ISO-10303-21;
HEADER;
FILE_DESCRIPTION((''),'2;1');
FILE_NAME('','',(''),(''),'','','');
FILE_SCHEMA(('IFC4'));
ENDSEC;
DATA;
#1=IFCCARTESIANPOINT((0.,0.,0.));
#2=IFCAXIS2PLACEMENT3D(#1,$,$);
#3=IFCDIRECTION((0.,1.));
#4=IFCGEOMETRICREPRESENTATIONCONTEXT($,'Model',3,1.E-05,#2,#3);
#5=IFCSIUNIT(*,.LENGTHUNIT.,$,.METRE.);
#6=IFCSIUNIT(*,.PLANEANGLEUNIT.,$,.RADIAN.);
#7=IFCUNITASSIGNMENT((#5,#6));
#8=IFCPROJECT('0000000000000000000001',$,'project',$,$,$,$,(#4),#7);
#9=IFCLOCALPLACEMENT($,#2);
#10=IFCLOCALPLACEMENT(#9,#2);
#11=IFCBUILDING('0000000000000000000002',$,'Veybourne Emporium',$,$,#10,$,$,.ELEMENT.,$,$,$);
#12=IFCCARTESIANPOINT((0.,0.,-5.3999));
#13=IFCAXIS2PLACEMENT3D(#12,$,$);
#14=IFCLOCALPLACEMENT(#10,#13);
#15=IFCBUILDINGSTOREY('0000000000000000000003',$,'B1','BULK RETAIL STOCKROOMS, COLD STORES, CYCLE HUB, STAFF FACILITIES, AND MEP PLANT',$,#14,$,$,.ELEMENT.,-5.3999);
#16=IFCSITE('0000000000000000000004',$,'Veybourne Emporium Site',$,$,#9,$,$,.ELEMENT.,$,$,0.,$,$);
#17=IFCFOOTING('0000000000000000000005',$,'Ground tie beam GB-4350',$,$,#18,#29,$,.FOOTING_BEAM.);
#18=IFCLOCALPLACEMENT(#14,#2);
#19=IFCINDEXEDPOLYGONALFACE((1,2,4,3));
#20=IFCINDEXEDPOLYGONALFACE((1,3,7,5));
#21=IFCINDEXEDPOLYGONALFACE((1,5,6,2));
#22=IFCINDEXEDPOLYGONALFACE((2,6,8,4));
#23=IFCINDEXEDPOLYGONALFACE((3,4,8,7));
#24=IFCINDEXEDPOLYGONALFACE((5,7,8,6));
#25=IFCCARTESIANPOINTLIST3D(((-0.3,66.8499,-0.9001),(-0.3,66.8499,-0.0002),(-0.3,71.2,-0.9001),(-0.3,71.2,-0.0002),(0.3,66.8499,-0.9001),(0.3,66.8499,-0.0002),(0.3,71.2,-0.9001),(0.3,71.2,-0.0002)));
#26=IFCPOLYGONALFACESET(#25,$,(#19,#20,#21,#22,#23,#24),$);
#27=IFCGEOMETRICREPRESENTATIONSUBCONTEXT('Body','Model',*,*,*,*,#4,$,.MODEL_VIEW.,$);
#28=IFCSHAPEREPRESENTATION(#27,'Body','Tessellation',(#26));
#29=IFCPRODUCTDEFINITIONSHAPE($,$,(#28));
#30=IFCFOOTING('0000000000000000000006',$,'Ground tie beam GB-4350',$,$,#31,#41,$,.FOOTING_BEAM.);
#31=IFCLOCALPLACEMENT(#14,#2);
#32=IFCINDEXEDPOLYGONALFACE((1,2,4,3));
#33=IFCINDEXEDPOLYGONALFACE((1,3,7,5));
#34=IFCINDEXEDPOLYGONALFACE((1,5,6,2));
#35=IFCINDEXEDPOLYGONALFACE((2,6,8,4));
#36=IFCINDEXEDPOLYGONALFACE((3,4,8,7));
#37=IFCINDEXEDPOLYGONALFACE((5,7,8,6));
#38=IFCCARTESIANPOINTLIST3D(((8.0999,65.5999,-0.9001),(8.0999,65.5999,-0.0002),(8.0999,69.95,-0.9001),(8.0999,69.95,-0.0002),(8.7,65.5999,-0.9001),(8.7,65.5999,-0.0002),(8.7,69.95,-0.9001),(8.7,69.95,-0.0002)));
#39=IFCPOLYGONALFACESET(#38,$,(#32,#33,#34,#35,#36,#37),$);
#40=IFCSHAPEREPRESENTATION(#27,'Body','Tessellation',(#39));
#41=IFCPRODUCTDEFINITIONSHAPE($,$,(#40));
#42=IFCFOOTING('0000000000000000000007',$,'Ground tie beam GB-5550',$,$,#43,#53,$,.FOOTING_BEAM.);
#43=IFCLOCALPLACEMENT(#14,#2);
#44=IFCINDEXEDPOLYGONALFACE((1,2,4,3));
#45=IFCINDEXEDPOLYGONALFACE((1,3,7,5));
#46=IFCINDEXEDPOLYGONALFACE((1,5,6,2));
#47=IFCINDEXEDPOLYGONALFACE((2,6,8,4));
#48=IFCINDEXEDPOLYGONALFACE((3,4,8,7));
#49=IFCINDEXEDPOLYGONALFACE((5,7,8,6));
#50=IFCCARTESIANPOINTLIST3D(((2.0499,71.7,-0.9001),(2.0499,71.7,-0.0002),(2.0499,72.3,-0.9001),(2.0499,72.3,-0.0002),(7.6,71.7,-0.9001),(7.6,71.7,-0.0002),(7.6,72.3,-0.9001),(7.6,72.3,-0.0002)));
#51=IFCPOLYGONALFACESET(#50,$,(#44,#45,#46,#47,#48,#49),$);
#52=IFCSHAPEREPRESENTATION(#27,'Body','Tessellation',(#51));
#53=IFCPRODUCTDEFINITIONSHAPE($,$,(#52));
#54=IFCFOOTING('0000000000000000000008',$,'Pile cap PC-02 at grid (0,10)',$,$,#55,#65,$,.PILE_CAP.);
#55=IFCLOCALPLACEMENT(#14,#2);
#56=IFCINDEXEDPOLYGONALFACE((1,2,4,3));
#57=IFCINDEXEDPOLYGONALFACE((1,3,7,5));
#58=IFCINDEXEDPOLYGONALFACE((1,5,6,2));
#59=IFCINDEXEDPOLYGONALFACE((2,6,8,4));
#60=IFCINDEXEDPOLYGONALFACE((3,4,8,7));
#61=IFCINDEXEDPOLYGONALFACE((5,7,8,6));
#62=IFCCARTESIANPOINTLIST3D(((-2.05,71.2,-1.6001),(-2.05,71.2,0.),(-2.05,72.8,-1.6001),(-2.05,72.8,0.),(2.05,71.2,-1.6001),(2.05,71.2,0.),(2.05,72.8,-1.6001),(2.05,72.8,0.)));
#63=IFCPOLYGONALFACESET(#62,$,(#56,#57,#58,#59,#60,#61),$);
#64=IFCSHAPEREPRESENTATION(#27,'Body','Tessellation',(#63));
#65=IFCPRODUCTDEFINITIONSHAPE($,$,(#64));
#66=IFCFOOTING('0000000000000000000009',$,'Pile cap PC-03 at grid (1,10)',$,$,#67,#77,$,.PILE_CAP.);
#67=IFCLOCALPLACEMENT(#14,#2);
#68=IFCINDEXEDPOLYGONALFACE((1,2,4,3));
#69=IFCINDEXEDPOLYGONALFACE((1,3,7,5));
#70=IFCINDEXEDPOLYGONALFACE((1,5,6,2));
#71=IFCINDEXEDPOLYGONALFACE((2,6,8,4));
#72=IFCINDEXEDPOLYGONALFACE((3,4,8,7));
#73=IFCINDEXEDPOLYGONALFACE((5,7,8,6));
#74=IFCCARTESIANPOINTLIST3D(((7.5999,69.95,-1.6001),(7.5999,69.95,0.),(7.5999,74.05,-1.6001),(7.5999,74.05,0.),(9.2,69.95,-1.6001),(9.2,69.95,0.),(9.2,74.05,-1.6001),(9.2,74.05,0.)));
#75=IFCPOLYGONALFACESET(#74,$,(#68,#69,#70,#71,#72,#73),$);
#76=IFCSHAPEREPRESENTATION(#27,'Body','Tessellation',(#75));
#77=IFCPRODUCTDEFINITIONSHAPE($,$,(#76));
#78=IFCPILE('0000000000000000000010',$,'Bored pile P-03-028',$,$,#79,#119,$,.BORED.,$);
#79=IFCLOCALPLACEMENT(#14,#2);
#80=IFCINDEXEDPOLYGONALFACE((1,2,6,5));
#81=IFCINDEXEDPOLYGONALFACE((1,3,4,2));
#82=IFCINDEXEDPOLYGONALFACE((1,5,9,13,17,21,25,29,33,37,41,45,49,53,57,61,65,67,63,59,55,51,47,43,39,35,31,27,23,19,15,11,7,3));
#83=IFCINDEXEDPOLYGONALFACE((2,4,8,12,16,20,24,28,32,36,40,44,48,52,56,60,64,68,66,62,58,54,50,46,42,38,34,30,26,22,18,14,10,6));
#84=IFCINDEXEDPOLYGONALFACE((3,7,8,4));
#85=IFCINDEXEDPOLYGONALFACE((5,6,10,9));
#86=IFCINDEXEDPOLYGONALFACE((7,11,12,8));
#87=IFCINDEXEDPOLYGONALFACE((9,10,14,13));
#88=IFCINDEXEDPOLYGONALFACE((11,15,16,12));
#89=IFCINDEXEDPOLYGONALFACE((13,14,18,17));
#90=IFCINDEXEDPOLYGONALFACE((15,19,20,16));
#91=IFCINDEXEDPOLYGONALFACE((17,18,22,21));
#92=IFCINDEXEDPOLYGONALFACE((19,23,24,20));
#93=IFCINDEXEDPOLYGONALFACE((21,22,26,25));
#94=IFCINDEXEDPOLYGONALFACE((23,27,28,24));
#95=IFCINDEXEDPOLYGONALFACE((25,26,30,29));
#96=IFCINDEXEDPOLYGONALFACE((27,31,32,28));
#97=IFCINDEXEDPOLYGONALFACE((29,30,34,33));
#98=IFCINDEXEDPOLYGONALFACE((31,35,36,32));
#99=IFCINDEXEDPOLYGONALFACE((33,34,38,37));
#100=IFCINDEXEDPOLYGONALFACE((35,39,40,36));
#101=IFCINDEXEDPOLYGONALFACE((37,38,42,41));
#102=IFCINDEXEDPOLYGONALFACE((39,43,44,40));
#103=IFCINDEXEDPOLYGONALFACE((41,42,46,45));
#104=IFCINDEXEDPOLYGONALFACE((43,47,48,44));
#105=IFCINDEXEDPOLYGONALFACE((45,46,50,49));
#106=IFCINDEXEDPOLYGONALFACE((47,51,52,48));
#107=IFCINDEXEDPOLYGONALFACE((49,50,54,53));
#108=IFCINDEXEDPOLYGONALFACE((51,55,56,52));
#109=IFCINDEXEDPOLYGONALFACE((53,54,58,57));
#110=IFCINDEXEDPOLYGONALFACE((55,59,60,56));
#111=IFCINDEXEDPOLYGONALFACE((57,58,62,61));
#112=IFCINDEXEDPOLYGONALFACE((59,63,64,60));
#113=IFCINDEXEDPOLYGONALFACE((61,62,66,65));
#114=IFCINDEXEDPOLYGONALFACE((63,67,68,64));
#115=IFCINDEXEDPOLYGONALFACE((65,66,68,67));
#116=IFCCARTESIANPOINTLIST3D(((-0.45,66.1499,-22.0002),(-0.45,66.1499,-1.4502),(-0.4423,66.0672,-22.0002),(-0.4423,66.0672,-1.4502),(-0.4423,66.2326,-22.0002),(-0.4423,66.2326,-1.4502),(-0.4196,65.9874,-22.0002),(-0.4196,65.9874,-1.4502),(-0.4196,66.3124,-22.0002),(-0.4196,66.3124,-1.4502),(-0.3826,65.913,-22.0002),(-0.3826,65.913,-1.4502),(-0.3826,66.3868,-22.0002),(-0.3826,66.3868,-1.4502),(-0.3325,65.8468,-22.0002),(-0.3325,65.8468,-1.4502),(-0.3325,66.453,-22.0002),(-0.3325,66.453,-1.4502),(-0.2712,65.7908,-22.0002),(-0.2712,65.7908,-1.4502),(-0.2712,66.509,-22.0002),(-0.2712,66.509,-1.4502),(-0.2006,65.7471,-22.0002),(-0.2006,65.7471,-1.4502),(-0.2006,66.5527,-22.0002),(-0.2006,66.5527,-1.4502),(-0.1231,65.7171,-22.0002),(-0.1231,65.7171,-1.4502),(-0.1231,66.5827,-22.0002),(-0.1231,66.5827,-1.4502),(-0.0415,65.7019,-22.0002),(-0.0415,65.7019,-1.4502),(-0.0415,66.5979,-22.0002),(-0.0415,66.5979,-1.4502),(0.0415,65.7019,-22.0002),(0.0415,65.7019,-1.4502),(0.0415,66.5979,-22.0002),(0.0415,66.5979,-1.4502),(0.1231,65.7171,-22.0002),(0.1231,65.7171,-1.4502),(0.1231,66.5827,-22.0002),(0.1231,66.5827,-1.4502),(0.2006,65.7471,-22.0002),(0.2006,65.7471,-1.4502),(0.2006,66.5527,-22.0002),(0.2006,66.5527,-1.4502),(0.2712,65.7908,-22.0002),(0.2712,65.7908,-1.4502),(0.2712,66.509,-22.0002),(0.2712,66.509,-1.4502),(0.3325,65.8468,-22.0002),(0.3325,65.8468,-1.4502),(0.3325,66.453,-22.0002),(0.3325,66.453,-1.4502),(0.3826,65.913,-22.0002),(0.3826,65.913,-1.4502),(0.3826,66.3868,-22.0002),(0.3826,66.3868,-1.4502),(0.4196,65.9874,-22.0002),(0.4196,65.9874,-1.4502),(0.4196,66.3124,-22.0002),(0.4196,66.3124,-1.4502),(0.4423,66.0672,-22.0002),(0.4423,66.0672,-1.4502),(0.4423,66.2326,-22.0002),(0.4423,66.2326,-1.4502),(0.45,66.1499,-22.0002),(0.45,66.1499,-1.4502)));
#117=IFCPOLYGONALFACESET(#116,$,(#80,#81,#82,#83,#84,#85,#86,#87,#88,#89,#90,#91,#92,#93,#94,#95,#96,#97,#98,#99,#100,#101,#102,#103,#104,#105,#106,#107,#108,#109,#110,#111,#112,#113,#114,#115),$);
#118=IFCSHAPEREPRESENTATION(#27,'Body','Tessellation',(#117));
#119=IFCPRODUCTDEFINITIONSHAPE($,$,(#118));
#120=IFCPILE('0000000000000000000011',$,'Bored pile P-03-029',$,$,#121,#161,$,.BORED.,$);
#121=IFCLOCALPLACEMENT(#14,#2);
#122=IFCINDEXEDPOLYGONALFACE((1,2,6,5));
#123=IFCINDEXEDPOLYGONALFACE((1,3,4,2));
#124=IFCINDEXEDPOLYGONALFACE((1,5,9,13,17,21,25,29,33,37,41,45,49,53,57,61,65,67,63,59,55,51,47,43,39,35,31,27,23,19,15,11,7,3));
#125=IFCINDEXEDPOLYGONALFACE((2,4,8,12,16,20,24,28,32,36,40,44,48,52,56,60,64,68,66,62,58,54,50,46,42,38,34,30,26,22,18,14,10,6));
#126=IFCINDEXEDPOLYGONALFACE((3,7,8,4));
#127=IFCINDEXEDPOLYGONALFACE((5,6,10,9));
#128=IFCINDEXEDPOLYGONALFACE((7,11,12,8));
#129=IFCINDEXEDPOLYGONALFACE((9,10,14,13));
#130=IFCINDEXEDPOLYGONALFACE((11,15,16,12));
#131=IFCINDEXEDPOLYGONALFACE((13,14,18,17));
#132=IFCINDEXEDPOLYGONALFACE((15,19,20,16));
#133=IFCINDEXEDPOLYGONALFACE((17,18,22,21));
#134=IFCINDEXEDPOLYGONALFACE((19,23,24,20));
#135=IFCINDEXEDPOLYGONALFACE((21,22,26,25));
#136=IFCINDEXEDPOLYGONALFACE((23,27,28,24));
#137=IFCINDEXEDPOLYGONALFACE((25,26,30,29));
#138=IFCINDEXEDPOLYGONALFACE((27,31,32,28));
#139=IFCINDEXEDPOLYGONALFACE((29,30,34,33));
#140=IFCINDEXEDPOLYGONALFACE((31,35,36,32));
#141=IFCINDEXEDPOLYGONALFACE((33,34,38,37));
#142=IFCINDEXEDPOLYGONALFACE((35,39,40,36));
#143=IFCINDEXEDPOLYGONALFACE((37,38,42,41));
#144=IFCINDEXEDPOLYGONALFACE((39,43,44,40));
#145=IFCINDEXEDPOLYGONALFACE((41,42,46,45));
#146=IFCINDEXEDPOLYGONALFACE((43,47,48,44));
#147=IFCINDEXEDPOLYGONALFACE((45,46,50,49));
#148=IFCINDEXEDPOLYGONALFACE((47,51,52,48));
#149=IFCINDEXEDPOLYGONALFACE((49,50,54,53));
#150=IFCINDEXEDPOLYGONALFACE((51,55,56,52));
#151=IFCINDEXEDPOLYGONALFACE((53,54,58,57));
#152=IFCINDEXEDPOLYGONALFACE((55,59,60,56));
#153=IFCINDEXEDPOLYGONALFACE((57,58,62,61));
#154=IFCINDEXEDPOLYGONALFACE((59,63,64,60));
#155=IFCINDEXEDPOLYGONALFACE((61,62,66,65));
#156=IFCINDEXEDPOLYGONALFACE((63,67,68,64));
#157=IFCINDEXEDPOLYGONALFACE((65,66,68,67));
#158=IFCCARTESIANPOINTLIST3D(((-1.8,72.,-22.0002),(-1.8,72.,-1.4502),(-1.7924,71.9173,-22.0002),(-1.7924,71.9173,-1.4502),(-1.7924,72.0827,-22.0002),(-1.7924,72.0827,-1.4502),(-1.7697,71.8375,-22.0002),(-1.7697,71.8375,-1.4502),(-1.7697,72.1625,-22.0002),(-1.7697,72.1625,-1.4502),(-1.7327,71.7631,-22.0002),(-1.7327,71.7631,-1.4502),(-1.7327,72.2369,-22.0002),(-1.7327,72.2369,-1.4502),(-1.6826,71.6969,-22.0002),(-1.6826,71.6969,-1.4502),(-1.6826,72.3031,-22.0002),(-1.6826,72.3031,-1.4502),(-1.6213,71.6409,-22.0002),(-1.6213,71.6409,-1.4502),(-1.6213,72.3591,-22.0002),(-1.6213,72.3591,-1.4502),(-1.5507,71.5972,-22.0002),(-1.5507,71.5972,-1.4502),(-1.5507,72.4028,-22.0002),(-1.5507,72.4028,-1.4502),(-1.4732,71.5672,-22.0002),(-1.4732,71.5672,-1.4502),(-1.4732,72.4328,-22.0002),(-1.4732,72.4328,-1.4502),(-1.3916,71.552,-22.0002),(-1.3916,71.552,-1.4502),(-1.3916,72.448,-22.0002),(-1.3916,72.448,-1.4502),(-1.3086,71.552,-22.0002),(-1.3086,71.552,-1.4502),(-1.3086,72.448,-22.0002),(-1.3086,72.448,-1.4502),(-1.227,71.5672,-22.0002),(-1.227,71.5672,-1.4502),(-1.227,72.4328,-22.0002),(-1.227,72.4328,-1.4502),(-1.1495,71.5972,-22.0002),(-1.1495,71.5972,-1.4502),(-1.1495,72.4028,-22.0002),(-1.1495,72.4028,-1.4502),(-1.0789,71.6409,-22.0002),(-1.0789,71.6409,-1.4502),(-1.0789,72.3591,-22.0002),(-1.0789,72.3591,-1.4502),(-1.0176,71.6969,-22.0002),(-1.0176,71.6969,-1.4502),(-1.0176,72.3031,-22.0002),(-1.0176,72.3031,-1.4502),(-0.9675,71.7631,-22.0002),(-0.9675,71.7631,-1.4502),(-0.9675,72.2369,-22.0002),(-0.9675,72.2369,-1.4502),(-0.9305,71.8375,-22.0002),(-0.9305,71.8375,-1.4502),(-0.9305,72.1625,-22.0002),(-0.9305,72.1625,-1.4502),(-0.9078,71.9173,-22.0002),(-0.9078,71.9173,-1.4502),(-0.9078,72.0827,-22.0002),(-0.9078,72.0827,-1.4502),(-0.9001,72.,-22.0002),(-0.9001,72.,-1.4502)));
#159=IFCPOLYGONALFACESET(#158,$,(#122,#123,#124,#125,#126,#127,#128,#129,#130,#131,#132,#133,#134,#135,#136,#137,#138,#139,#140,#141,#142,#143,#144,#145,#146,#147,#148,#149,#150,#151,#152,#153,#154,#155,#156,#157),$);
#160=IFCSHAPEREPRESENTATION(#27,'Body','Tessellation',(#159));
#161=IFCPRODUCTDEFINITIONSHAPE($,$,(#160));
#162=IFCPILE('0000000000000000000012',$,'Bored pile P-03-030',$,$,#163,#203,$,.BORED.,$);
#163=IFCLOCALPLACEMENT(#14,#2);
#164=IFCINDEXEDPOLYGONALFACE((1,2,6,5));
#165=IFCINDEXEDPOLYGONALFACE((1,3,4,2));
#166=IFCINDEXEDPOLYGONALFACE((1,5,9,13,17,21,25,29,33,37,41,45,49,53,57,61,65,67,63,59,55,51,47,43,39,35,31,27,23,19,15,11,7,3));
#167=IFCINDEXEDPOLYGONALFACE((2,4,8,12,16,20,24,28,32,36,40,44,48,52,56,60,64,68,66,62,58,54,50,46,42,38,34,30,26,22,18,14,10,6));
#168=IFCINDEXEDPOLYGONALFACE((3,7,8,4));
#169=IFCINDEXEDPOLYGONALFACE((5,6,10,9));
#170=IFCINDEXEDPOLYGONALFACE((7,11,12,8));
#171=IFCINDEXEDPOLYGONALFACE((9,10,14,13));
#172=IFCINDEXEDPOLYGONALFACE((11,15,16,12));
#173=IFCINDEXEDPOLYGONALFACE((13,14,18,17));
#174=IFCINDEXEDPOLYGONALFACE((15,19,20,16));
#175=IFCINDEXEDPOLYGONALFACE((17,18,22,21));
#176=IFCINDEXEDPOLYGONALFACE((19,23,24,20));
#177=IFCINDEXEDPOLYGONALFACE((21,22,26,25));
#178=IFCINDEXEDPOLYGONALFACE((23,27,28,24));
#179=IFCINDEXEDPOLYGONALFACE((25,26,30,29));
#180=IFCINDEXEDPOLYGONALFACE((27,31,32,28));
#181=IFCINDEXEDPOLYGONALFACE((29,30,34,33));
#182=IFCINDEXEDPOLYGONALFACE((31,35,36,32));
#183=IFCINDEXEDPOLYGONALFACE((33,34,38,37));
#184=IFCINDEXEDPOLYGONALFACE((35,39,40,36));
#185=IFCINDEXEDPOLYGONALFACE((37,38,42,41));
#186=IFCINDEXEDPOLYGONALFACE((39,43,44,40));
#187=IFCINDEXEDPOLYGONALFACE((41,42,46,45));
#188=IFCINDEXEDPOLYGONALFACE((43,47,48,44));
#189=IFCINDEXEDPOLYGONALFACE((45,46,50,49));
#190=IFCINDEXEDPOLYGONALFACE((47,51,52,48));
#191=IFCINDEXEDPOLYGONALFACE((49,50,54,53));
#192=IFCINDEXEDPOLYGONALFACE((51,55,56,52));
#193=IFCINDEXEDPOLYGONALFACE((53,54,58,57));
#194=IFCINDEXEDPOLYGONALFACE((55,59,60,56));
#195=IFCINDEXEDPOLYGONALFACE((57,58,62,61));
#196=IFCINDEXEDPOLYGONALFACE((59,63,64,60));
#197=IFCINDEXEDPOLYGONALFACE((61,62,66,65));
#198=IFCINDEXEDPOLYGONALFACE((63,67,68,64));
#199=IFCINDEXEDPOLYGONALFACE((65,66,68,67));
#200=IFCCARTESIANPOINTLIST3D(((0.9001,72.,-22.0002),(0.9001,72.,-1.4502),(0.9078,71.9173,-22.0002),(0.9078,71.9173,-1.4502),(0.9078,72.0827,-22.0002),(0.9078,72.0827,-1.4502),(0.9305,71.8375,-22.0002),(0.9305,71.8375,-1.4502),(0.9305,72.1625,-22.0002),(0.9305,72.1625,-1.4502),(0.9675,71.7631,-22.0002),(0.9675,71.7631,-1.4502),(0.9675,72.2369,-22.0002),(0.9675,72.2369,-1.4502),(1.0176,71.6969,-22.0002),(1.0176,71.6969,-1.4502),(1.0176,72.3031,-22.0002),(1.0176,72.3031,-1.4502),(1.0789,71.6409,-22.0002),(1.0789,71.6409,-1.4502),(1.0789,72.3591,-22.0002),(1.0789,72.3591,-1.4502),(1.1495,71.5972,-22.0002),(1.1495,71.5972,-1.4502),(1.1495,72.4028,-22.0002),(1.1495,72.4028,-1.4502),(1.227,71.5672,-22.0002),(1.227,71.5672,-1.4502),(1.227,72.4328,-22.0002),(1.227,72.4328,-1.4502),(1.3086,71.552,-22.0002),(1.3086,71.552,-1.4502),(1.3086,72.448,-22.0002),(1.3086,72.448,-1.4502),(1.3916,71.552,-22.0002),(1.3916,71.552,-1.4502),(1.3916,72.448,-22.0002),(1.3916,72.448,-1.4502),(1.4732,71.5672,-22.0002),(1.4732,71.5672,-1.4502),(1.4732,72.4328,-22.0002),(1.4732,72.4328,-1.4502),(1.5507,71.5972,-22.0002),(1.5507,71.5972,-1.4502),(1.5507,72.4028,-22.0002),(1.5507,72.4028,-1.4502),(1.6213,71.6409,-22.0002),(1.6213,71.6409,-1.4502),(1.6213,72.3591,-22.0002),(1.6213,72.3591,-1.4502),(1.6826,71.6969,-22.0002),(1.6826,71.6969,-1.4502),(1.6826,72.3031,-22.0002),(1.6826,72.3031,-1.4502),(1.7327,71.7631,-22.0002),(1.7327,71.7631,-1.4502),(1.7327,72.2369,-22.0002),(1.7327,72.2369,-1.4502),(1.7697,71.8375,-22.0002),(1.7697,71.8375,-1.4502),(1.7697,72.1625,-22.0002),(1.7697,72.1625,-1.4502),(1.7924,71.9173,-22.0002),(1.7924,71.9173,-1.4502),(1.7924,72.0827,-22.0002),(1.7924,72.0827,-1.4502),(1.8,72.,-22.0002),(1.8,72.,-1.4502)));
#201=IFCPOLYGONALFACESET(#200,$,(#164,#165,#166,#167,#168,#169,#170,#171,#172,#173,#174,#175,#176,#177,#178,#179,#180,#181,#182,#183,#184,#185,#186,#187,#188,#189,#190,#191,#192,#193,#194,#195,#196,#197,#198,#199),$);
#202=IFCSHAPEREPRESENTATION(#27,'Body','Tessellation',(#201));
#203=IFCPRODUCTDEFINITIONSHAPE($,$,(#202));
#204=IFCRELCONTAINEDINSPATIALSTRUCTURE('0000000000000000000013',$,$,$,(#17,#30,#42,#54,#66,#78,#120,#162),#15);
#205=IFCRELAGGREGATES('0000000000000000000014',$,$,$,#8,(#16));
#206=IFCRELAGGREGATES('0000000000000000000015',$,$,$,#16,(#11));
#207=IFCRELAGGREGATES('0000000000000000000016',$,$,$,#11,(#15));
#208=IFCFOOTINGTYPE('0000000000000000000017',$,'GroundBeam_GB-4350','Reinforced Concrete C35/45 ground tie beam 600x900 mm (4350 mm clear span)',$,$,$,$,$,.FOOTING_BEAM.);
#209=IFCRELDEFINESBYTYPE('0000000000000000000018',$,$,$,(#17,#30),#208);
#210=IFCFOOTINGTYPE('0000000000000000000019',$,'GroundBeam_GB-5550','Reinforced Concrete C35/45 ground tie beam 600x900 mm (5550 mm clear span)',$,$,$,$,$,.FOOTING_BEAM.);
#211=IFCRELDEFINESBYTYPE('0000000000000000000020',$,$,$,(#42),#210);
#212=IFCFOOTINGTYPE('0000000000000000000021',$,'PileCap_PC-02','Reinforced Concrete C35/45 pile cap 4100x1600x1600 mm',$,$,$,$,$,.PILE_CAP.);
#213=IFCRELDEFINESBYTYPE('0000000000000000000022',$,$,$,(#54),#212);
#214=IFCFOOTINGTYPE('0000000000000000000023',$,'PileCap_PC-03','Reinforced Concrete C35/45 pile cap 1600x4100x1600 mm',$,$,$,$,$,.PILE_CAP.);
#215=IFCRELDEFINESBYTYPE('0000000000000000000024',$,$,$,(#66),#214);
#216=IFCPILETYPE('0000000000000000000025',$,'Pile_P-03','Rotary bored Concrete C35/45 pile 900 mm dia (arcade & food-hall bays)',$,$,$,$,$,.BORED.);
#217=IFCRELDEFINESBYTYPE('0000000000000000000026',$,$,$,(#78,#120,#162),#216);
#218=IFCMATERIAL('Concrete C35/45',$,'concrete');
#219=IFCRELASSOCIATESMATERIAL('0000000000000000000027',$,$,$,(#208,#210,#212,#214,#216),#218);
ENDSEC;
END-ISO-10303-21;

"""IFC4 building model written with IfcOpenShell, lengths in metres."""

from ifc_helpers import new_model, si_unit, direction, frame, origin, origin_2d, place, context, subcontext, project, spatial, rectangle, circle, extrude, material, material_profile, profile_set, type_object, element, save


model = new_model("IFC4")

# Units and contexts
model_context = context("Model", 3, precision=1e-05, world=origin(), true_north=direction((0.0, 1.0)))
body_context = subcontext(model_context, "Body", "Model", "MODEL_VIEW")
ifc_project = project(units=[si_unit("LENGTHUNIT", "METRE"), si_unit("PLANEANGLEUNIT", "RADIAN")], contexts=[model_context])

# Site, building, storey
site_placement = place(None, origin())
site = spatial("IfcSite", under=ifc_project, at=site_placement, Name="Veybourne Emporium Site", CompositionType="ELEMENT", RefElevation=0.0)
building_placement = place(site_placement, origin())
building = spatial("IfcBuilding", under=site, at=building_placement, Name="Veybourne Emporium", CompositionType="ELEMENT")
storey_placement = place(building_placement, frame((0.0, 0.0, -5.3999)))
storey = spatial("IfcBuildingStorey", under=building, at=storey_placement, Name="B1", Description="BULK RETAIL STOCKROOMS, COLD STORES, CYCLE HUB, STAFF FACILITIES, AND MEP PLANT", CompositionType="ELEMENT", Elevation=-5.3999)

# Footings
ifc_material_1 = material(Name="Concrete C35/45", Category="concrete")
footing_type_1 = type_object("IfcFootingType", Name="GroundBeam_GB-4350", Description="Reinforced Concrete C35/45 ground tie beam 600x900 mm (4350 mm clear span)", PredefinedType="FOOTING_BEAM", material=ifc_material_1)
for number, where, z_axis, x_axis, name in (
    (1, (0.0, 69.0249, -0.9001), (0.0, 0.0, 1.0), (0.0, 1.0, 0.0), "Ground tie beam GB-4350"),
    (2, (8.3999, 67.7749, -0.9001), (0.0, 0.0, 1.0), (0.0, 1.0, 0.0), "Ground tie beam GB-4350"),
):
    element("IfcFooting", number, at=place(storey_placement, frame(where, z_axis=z_axis, x_axis=x_axis)), inside=storey, type_object=footing_type_1, Name=name, PredefinedType="FOOTING_BEAM", context=body_context, shape_type="SweptSolid", body=[
        extrude(rectangle(XDim=4.3501, YDim=0.6001, at=origin_2d()), origin(), (0.0, 0.0, 1.0), 0.8999),
    ])
footing_type_2 = type_object("IfcFootingType", Name="GroundBeam_GB-5550", Description="Reinforced Concrete C35/45 ground tie beam 600x900 mm (5550 mm clear span)", PredefinedType="FOOTING_BEAM", material=ifc_material_1)
footing_1_placement = place(storey_placement, frame((4.825, 72.0, -0.9001), z_axis=(0.0, 0.0, 1.0), x_axis=(1.0, 0.0, 0.0)))
element("IfcFooting", 3, at=footing_1_placement, inside=storey, type_object=footing_type_2, Name="Ground tie beam GB-5550", PredefinedType="FOOTING_BEAM", context=body_context, shape_type="SweptSolid", body=[
    extrude(rectangle(XDim=5.55, YDim=0.6001, at=origin_2d()), origin(), (0.0, 0.0, 1.0), 0.8999),
])
footing_type_3 = type_object("IfcFootingType", Name="PileCap_PC-02", Description="Reinforced Concrete C35/45 pile cap 4100x1600x1600 mm", PredefinedType="PILE_CAP", material=ifc_material_1)
footing_2_placement = place(storey_placement, frame((0.0, 72.0, -1.6001), z_axis=(0.0, 0.0, 1.0), x_axis=(1.0, 0.0, 0.0)))
element("IfcFooting", 4, at=footing_2_placement, inside=storey, type_object=footing_type_3, Name="Pile cap PC-02 at grid (0,10)", PredefinedType="PILE_CAP", context=body_context, shape_type="SweptSolid", body=[
    extrude(rectangle(XDim=4.1001, YDim=1.6001, at=origin_2d()), origin(), (0.0, 0.0, 1.0), 1.6001),
])
footing_type_4 = type_object("IfcFootingType", Name="PileCap_PC-03", Description="Reinforced Concrete C35/45 pile cap 1600x4100x1600 mm", PredefinedType="PILE_CAP", material=ifc_material_1)
footing_3_placement = place(storey_placement, frame((8.3999, 72.0, -1.6001), z_axis=(0.0, 0.0, 1.0), x_axis=(1.0, 0.0, 0.0)))
element("IfcFooting", 5, at=footing_3_placement, inside=storey, type_object=footing_type_4, Name="Pile cap PC-03 at grid (1,10)", PredefinedType="PILE_CAP", context=body_context, shape_type="SweptSolid", body=[
    extrude(rectangle(XDim=1.6001, YDim=4.1001, at=origin_2d()), origin(), (0.0, 0.0, 1.0), 1.6001),
])

# Piles
ifc_material_profile_1 = material_profile(ifc_material_1, circle(Radius=0.45, at=origin_2d()), Name="BORED PILE 900")
ifc_profile_set_1 = profile_set([ifc_material_profile_1], Name="Concrete C35/45")
pile_type = type_object("IfcPileType", Name="Pile_P-03", Description="Rotary bored Concrete C35/45 pile 900 mm dia (arcade & food-hall bays)", PredefinedType="BORED", material=ifc_profile_set_1)
for number, where, z_axis, x_axis, name in (
    (6, (0.0, 66.1499, -1.4502), (0.0, 0.0, -1.0), (1.0, 0.0, 0.0), "Bored pile P-03-028"),
    (7, (-1.3501, 72.0, -1.4502), (0.0, 0.0, -1.0), (1.0, 0.0, 0.0), "Bored pile P-03-029"),
    (8, (1.3501, 72.0, -1.4502), (0.0, 0.0, -1.0), (1.0, 0.0, 0.0), "Bored pile P-03-030"),
):
    element("IfcPile", number, at=place(storey_placement, frame(where, z_axis=z_axis, x_axis=x_axis)), inside=storey, type_object=pile_type, Name=name, PredefinedType="BORED", context=body_context, shape_type="SweptSolid", body=[
        extrude(circle(Radius=0.45, at=origin_2d()), origin(), (0.0, 0.0, 1.0), 20.55),
    ])

save(model, "model.ifc")
